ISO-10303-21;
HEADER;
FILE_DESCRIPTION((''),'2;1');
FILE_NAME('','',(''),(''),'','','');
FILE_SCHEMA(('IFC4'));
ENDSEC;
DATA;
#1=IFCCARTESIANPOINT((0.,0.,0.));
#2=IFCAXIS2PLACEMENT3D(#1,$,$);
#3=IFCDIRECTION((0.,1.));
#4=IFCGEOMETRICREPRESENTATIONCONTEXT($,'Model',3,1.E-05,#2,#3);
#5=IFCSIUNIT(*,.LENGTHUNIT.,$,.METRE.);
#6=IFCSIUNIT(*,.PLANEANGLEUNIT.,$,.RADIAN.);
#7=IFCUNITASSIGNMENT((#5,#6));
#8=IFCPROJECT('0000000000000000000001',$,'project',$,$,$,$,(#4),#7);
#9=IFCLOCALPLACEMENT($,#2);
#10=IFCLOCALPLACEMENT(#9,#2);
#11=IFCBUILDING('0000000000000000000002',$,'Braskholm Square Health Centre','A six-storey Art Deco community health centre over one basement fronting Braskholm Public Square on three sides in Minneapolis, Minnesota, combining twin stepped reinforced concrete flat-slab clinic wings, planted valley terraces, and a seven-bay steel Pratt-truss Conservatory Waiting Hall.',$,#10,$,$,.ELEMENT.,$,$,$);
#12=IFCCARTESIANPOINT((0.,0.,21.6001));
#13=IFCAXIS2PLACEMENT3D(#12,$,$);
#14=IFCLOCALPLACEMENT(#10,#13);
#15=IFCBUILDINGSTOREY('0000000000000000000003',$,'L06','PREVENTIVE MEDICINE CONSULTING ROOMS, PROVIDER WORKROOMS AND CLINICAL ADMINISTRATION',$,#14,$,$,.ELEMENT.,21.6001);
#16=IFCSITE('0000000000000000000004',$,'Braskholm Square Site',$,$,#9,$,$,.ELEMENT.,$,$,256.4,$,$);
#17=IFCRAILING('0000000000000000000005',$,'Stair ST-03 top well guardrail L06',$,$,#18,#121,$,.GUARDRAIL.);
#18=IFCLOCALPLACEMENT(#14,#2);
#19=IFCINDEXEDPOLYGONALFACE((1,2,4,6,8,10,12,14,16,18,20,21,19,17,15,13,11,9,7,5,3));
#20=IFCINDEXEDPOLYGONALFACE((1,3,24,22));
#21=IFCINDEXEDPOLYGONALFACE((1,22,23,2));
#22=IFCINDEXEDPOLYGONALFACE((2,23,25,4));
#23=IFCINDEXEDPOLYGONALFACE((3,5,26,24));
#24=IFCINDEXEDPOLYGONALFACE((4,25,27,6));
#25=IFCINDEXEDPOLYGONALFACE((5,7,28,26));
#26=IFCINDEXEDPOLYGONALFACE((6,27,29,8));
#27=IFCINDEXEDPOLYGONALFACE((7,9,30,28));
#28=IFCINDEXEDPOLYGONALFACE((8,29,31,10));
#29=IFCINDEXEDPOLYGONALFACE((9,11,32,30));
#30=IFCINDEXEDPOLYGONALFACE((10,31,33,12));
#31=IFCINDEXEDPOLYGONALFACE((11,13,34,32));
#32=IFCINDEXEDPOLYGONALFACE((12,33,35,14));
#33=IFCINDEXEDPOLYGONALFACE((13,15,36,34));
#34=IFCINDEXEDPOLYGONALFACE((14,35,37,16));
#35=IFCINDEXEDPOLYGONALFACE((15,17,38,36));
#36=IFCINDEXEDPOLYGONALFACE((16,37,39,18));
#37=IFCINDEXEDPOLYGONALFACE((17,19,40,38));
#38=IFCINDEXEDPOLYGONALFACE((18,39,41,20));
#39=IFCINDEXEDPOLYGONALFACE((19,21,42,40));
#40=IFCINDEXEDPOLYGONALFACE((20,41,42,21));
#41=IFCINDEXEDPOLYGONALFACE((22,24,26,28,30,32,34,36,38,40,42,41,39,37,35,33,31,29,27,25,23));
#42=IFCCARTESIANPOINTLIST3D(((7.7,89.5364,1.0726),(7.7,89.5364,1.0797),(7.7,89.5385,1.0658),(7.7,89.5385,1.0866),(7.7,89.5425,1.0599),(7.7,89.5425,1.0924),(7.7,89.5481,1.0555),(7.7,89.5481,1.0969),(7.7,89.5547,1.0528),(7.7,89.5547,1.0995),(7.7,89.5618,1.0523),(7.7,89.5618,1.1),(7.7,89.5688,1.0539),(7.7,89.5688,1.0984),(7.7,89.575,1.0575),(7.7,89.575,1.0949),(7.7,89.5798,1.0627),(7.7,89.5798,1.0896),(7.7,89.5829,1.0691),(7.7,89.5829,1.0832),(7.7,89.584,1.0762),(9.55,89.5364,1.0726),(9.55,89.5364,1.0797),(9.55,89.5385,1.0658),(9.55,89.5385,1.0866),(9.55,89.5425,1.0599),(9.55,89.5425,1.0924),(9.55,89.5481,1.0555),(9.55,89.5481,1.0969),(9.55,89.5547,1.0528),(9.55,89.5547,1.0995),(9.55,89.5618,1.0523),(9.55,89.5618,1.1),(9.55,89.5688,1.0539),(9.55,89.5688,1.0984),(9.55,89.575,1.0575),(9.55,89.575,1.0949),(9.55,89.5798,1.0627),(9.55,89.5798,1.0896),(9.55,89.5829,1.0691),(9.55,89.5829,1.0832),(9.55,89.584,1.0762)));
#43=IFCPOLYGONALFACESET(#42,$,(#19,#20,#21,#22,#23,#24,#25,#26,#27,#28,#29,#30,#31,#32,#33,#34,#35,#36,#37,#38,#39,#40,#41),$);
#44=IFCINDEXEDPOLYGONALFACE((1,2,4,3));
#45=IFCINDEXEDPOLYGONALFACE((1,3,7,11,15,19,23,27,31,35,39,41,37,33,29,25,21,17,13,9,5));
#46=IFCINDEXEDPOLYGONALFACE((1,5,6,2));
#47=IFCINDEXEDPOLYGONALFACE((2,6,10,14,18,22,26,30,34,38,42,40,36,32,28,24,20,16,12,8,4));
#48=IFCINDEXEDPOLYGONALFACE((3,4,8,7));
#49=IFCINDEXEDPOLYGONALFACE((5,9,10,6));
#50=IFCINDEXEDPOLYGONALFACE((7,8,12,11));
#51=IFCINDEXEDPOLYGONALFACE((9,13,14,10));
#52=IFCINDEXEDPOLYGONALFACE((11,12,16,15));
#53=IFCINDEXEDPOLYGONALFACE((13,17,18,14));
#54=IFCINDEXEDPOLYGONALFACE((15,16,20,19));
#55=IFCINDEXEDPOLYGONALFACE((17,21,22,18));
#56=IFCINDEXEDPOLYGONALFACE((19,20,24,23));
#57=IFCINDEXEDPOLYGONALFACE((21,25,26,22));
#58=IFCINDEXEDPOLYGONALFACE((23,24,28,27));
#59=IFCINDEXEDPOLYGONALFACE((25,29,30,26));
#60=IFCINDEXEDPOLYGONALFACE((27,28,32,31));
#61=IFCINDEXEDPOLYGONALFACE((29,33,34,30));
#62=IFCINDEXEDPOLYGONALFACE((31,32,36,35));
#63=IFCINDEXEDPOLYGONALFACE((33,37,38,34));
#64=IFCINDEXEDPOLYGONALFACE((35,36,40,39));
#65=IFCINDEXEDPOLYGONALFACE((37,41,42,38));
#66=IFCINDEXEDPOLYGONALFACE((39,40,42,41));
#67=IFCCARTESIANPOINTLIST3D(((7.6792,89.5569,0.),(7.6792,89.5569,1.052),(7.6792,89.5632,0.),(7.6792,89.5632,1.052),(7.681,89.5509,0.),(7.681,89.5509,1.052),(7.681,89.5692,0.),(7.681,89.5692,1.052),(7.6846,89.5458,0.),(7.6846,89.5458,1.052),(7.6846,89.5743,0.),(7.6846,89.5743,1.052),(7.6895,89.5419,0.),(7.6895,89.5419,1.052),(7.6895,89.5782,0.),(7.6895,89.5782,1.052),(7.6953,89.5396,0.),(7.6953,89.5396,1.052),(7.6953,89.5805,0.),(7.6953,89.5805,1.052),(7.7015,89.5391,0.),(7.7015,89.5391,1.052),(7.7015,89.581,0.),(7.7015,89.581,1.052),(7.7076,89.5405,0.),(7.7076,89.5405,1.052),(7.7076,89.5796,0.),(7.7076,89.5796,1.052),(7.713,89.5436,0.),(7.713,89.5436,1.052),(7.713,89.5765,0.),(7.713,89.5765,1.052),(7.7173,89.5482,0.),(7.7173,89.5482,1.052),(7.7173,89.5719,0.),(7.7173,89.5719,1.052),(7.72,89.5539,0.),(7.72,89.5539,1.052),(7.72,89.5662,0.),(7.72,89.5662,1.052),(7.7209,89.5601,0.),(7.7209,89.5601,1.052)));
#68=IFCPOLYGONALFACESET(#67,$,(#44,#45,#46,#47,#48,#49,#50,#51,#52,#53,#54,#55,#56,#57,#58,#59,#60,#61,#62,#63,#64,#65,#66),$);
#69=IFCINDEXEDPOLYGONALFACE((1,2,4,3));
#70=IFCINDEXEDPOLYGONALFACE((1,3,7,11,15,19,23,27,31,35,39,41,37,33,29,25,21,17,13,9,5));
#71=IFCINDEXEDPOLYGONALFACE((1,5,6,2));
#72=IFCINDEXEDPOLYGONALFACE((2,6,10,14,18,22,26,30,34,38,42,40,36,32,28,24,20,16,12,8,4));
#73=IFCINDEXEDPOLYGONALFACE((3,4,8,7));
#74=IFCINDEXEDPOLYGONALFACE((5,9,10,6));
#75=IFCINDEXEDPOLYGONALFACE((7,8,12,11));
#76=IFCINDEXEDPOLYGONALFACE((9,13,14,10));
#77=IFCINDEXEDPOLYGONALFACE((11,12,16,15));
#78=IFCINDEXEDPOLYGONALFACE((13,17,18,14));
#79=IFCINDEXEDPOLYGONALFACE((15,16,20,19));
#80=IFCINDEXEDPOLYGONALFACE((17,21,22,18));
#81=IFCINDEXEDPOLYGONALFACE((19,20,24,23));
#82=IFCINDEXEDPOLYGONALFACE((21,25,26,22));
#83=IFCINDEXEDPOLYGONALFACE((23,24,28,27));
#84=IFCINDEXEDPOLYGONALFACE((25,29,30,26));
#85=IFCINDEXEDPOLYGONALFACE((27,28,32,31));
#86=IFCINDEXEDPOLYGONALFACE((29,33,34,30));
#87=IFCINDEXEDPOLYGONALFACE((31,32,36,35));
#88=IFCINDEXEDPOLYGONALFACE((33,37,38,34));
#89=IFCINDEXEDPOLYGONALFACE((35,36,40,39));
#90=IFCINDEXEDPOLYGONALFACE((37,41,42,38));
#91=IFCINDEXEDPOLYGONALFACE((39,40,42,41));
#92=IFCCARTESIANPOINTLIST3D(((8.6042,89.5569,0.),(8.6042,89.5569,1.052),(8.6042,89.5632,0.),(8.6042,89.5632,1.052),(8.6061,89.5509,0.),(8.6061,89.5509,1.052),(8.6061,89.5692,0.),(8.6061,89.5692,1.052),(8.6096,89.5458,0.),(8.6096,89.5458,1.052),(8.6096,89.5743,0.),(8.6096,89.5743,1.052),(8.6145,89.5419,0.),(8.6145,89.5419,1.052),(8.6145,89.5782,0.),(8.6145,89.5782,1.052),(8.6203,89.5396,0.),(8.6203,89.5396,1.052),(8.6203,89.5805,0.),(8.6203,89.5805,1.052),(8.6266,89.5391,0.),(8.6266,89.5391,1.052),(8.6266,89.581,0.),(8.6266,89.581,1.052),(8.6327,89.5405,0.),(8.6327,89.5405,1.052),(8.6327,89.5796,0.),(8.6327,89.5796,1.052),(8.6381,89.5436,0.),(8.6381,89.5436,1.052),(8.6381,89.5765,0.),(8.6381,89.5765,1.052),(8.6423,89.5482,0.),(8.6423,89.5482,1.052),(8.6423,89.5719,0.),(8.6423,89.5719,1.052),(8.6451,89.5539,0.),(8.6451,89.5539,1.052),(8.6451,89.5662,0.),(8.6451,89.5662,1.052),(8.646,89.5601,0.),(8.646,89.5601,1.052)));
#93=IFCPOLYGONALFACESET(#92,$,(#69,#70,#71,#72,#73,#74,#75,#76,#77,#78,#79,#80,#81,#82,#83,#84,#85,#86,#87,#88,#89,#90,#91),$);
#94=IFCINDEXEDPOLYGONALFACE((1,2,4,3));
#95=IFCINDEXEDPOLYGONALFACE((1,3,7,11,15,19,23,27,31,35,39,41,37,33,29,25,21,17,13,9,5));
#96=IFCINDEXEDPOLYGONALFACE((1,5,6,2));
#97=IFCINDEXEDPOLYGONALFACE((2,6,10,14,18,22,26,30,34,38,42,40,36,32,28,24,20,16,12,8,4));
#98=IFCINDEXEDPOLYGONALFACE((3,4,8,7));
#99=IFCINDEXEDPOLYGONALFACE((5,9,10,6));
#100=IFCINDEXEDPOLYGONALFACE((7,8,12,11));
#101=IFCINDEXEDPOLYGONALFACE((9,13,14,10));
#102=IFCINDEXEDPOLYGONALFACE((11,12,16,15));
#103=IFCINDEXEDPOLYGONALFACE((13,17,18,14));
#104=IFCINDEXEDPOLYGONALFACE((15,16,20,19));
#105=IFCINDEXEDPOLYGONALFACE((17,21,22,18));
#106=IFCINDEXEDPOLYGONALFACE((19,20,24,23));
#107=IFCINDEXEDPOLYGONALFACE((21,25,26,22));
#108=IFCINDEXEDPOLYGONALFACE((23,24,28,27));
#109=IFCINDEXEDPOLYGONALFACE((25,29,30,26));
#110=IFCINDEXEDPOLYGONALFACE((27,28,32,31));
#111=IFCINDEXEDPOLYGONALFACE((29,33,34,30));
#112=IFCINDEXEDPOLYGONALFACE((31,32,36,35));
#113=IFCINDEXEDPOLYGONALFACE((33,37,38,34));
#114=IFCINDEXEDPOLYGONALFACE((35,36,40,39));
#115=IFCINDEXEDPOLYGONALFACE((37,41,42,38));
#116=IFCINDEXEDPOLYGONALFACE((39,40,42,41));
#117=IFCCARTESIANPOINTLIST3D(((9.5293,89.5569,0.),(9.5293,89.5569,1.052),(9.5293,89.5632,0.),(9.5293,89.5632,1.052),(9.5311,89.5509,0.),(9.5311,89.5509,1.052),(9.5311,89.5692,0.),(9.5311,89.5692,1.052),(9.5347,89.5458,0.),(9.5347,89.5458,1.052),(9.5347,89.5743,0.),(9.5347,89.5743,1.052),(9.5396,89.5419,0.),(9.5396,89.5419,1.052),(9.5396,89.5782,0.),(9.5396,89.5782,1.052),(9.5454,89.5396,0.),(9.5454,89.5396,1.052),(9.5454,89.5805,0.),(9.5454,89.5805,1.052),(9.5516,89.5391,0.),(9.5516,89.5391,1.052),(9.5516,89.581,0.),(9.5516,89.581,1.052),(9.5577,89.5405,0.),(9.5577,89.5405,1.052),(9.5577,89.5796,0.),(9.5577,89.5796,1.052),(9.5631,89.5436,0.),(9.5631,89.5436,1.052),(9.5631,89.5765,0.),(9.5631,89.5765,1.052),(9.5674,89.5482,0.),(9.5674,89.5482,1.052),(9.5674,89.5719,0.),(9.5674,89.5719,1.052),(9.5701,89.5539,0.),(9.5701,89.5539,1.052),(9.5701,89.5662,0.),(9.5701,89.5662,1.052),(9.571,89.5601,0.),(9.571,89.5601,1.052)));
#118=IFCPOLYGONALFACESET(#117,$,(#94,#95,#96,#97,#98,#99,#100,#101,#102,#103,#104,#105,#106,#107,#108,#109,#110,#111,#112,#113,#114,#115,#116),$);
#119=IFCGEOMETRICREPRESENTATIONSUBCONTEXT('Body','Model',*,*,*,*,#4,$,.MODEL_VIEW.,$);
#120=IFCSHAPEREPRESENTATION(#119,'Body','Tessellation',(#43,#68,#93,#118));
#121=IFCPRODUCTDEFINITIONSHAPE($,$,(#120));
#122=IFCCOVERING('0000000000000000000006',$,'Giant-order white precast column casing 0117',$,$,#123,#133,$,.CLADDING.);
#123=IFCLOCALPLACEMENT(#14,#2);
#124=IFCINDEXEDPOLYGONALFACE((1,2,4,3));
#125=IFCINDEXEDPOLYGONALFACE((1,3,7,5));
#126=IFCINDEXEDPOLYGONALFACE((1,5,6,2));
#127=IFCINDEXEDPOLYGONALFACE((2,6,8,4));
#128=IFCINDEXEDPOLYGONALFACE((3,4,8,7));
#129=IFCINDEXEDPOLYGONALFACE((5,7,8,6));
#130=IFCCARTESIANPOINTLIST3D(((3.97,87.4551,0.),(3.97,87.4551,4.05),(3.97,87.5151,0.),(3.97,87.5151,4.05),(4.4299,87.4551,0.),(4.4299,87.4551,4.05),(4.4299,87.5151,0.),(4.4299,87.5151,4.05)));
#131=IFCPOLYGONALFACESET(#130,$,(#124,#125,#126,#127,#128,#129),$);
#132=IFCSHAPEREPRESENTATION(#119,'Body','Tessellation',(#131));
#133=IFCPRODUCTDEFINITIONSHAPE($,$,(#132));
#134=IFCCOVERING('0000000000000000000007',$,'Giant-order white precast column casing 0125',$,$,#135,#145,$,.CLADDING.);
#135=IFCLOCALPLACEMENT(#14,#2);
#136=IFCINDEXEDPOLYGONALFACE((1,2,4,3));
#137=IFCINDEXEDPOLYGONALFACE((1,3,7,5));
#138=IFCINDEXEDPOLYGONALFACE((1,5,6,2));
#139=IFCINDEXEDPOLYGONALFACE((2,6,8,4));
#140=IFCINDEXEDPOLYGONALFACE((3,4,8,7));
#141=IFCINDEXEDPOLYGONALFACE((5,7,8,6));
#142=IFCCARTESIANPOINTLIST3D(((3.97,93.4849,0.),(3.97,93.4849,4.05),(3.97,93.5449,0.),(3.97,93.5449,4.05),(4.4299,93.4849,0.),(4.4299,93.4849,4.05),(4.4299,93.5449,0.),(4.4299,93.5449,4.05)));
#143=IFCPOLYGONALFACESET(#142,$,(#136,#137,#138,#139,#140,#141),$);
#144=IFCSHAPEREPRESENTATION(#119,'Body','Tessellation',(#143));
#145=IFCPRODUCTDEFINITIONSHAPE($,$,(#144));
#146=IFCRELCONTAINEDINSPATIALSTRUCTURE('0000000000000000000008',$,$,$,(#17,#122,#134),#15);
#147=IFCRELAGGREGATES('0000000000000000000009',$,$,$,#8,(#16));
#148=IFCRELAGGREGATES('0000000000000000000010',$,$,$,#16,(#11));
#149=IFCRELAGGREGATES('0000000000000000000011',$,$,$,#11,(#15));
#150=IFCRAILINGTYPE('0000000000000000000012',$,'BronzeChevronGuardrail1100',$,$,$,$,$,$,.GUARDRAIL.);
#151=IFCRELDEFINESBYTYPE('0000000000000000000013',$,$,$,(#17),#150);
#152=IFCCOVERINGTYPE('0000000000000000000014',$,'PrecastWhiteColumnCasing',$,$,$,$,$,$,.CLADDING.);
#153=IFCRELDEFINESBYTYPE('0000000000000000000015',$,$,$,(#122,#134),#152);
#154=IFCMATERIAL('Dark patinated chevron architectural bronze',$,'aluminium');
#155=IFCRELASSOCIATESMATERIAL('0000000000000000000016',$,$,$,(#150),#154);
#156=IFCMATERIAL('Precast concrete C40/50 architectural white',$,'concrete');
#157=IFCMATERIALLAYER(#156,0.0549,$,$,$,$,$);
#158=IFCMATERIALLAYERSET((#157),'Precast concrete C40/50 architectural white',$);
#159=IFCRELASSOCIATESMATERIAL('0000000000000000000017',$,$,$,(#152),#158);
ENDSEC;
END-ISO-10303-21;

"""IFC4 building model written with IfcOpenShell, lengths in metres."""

from ifc_helpers import new_model, si_unit, direction, frame, origin, origin_2d, place, context, subcontext, project, spatial, rectangle, circle, extrude, material, layer, layer_set, type_object, element, save


model = new_model("IFC4")

# Units and contexts
model_context = context("Model", 3, precision=1e-05, world=origin(), true_north=direction((0.0, 1.0)))
body_context = subcontext(model_context, "Body", "Model", "MODEL_VIEW")
ifc_project = project(units=[si_unit("LENGTHUNIT", "METRE"), si_unit("PLANEANGLEUNIT", "RADIAN")], contexts=[model_context])

# Site, building, storey
site_placement = place(None, origin())
site = spatial("IfcSite", under=ifc_project, at=site_placement, Name="Braskholm Square Site", CompositionType="ELEMENT", RefElevation=256.4)
building_placement = place(site_placement, origin())
building = spatial("IfcBuilding", under=site, at=building_placement, Name="Braskholm Square Health Centre", Description="A six-storey Art Deco community health centre over one basement fronting Braskholm Public Square on three sides in Minneapolis, Minnesota, combining twin stepped reinforced concrete flat-slab clinic wings, planted valley terraces, and a seven-bay steel Pratt-truss Conservatory Waiting Hall.", CompositionType="ELEMENT")
storey_placement = place(building_placement, frame((0.0, 0.0, 21.6001)))
storey = spatial("IfcBuildingStorey", under=building, at=storey_placement, Name="L06", Description="PREVENTIVE MEDICINE CONSULTING ROOMS, PROVIDER WORKROOMS AND CLINICAL ADMINISTRATION", CompositionType="ELEMENT", Elevation=21.6001)

# Shared definitions
ifc_material_1 = material(Name="Precast concrete C40/50 architectural white", Category="concrete")

# Railing
ifc_material_2 = material(Name="Dark patinated chevron architectural bronze", Category="aluminium")
railing_type = type_object("IfcRailingType", Name="BronzeChevronGuardrail1100", PredefinedType="GUARDRAIL", material=ifc_material_2)
railing_placement = place(storey_placement, frame((7.7, 89.5601, 0.0)))
element("IfcRailing", 1, at=railing_placement, inside=storey, type_object=railing_type, Name="Stair ST-03 top well guardrail L06", PredefinedType="GUARDRAIL", context=body_context, shape_type="SweptSolid", body=[
    extrude(circle(Radius=0.0239, at=origin_2d()), frame((0.0, 0.0, 1.0762), z_axis=(1.0, 0.0, 0.0), x_axis=(0.0, 1.0, 0.0)), (0.0, 0.0, 1.0), 1.8501),
    extrude(circle(Radius=0.021, at=origin_2d()), origin(), (0.0, 0.0, 1.0), 1.052),
    extrude(circle(Radius=0.021, at=origin_2d()), frame((0.925, 0.0, 0.0)), (0.0, 0.0, 1.0), 1.052),
    extrude(circle(Radius=0.021, at=origin_2d()), frame((1.8501, 0.0, 0.0)), (0.0, 0.0, 1.0), 1.052),
])

# Coverings
ifc_layer_1 = layer(ifc_material_1, 0.0549)
ifc_layer_set_1 = layer_set([ifc_layer_1], Name="Precast concrete C40/50 architectural white")
covering_type = type_object("IfcCoveringType", Name="PrecastWhiteColumnCasing", PredefinedType="CLADDING", material=ifc_layer_set_1)
for number, where, z_axis, x_axis, name in (
    (2, (4.2, 87.4851, 0.0), (0.0, 0.0, 1.0), (1.0, 0.0, 0.0), "Giant-order white precast column casing 0117"),
    (3, (4.2, 93.5149, 0.0), (0.0, 0.0, 1.0), (1.0, 0.0, 0.0), "Giant-order white precast column casing 0125"),
):
    element("IfcCovering", number, at=place(storey_placement, frame(where, z_axis=z_axis, x_axis=x_axis)), inside=storey, type_object=covering_type, Name=name, PredefinedType="CLADDING", context=body_context, shape_type="SweptSolid", body=[
        extrude(rectangle(XDim=0.46, YDim=0.0601, at=origin_2d()), origin(), (0.0, 0.0, 1.0), 4.05),
    ])

save(model, "model.ifc")
